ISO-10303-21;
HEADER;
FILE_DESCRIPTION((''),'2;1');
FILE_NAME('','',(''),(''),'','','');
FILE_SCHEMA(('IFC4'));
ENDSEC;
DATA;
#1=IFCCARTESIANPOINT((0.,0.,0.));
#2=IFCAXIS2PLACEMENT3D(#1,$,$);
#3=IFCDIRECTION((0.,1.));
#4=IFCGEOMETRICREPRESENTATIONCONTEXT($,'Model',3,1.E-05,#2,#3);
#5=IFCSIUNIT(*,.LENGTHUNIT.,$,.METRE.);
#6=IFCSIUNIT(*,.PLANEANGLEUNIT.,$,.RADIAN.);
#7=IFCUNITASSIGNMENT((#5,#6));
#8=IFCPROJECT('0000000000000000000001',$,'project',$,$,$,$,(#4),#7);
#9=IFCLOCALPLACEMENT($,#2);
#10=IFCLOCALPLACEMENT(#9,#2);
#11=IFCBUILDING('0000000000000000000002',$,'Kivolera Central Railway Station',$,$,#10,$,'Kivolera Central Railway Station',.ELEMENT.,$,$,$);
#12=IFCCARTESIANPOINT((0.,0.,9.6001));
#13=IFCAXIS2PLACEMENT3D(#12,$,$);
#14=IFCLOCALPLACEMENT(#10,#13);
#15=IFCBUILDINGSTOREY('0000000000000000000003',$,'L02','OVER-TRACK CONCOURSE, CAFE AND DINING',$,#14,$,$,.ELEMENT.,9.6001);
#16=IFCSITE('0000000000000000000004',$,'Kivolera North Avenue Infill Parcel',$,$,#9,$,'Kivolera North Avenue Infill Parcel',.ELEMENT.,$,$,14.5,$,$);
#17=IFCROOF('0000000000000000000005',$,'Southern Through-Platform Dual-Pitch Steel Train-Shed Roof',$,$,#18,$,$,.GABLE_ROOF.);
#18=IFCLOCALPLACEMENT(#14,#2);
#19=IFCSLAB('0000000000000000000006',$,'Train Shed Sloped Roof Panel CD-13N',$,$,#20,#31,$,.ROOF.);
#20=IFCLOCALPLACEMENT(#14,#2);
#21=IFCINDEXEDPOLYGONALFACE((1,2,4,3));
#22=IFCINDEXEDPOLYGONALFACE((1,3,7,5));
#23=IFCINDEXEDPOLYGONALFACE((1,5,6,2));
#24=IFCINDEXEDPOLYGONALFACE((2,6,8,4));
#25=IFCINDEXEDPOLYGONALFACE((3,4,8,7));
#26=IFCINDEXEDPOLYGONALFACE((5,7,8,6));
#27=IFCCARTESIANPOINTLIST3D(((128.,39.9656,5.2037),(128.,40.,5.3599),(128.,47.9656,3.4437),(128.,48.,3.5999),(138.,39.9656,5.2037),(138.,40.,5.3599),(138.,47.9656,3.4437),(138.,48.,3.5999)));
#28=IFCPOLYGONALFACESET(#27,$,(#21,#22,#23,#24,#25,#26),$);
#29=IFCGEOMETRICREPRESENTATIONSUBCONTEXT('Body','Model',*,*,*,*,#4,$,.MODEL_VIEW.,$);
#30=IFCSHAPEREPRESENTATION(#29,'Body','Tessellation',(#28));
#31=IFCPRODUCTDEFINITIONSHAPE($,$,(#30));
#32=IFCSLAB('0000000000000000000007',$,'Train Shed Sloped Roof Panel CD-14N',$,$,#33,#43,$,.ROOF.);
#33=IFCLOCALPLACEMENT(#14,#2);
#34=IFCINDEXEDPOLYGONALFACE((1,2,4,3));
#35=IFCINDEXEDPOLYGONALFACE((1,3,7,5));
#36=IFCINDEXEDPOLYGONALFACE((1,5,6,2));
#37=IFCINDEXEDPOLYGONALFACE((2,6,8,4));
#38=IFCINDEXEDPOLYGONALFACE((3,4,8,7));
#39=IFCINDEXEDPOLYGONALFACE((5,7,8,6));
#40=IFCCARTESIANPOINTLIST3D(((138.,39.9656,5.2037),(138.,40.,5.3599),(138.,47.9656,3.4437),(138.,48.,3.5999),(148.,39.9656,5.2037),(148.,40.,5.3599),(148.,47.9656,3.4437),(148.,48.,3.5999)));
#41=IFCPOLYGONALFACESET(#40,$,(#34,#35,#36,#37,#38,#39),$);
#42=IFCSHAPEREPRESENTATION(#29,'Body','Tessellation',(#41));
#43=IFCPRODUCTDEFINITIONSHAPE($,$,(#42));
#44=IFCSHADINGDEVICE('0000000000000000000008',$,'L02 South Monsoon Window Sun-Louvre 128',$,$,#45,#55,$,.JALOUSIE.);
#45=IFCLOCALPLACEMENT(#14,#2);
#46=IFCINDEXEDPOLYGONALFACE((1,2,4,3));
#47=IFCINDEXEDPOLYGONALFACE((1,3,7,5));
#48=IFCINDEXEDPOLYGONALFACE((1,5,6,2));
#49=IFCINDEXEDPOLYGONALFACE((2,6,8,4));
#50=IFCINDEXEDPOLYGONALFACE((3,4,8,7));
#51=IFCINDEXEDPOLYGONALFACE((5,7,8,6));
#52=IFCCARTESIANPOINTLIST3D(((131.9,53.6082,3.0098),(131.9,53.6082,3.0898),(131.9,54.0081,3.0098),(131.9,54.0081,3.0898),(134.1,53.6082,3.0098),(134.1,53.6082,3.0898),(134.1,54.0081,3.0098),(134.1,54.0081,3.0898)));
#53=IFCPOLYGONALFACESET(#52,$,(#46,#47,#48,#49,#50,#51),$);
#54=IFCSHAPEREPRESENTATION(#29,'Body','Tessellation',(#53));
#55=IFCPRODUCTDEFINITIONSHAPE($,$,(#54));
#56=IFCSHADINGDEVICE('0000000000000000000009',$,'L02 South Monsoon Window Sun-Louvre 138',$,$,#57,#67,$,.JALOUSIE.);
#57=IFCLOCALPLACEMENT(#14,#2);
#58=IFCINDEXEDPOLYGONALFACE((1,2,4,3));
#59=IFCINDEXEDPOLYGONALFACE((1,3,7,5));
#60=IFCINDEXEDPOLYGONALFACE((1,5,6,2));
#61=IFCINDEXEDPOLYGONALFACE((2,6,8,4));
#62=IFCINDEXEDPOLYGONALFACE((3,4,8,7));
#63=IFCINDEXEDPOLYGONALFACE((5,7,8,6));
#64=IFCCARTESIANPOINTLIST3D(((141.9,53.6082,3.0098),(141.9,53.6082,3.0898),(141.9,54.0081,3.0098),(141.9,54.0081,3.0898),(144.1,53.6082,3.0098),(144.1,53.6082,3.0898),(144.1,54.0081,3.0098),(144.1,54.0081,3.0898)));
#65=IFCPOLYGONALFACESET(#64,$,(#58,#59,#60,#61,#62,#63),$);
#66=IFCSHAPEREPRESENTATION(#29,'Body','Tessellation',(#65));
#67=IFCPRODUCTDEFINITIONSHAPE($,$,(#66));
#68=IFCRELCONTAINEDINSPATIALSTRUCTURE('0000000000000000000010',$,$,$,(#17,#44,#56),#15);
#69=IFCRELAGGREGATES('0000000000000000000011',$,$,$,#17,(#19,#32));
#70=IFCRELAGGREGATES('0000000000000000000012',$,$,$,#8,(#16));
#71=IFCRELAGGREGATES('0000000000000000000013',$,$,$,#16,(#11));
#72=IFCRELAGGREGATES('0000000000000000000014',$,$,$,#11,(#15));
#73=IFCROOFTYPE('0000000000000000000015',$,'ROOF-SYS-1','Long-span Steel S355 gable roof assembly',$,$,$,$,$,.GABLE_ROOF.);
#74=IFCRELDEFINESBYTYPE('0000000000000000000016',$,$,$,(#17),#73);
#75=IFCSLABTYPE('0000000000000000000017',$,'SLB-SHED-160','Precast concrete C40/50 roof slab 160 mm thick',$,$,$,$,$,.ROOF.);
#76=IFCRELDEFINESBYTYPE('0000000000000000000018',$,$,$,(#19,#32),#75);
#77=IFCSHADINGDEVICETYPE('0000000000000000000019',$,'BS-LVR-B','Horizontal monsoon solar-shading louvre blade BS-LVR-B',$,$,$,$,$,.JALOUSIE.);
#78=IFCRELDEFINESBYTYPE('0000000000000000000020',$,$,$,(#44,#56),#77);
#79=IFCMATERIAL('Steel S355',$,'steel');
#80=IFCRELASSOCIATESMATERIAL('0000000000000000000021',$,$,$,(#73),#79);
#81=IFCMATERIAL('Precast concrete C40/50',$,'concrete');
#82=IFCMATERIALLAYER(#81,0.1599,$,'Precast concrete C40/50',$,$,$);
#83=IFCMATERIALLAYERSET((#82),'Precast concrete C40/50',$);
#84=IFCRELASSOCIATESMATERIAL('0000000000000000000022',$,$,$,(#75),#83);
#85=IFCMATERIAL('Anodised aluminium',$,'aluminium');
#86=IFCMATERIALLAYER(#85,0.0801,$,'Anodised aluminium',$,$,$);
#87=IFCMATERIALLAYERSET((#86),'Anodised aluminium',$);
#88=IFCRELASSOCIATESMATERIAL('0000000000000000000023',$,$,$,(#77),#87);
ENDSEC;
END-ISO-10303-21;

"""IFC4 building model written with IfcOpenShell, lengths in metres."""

from ifc_helpers import new_model, si_unit, direction, frame, origin, origin_2d, place, context, subcontext, project, spatial, polyline, rectangle, outline, extrude, material, layer, layer_set, type_object, element, aggregate, save


model = new_model("IFC4")

# Units and contexts
model_context = context("Model", 3, precision=1e-05, world=origin(), true_north=direction((0.0, 1.0)))
body_context = subcontext(model_context, "Body", "Model", "MODEL_VIEW")
ifc_project = project(units=[si_unit("LENGTHUNIT", "METRE"), si_unit("PLANEANGLEUNIT", "RADIAN")], contexts=[model_context])

# Site, building, storey
site_placement = place(None, origin())
site = spatial("IfcSite", under=ifc_project, at=site_placement, Name="Kivolera North Avenue Infill Parcel", LongName="Kivolera North Avenue Infill Parcel", CompositionType="ELEMENT", RefElevation=14.5)
building_placement = place(site_placement, origin())
building = spatial("IfcBuilding", under=site, at=building_placement, Name="Kivolera Central Railway Station", LongName="Kivolera Central Railway Station", CompositionType="ELEMENT")
storey_placement = place(building_placement, frame((0.0, 0.0, 9.6001)))
storey = spatial("IfcBuildingStorey", under=building, at=storey_placement, Name="L02", Description="OVER-TRACK CONCOURSE, CAFE AND DINING", CompositionType="ELEMENT", Elevation=9.6001)

# Shared definitions
ifc_material_1 = material(Name="Steel S355", Category="steel")

# Roof, slabs
roof_type = type_object("IfcRoofType", Name="ROOF-SYS-1", Description="Long-span Steel S355 gable roof assembly", PredefinedType="GABLE_ROOF", material=ifc_material_1)
roof_placement = place(storey_placement, origin())
roof = element("IfcRoof", 1, at=roof_placement, inside=storey, type_object=roof_type, Name="Southern Through-Platform Dual-Pitch Steel Train-Shed Roof", PredefinedType="GABLE_ROOF")
ifc_material_2 = material(Name="Precast concrete C40/50", Category="concrete")
ifc_layer_1 = layer(ifc_material_2, 0.1599, Name="Precast concrete C40/50")
ifc_layer_set_1 = layer_set([ifc_layer_1], Name="Precast concrete C40/50")
slab_type = type_object("IfcSlabType", Name="SLB-SHED-160", Description="Precast concrete C40/50 roof slab 160 mm thick", PredefinedType="ROOF", material=ifc_layer_set_1)
slab_1_placement = place(storey_placement, frame((128.0, 40.0, 5.3599), z_axis=(0.0, 0.214863, 0.976644), x_axis=(1.0, 0.0, 0.0)))
slab_1 = element("IfcSlab", 2, at=slab_1_placement, type_object=slab_type, Name="Train Shed Sloped Roof Panel CD-13N", PredefinedType="ROOF", context=body_context, shape_type="SweptSolid", body=[
    extrude(outline(polyline([(0.0, 0.0), (10.0, 0.0), (10.0, 8.1913), (0.0, 8.1913), (0.0, 0.0)])), origin(), (0.0, 0.0, -1.0), 0.1599),
])
slab_2_placement = place(storey_placement, frame((138.0, 40.0, 5.3599), z_axis=(0.0, 0.214863, 0.976644), x_axis=(1.0, 0.0, 0.0)))
slab_2 = element("IfcSlab", 3, at=slab_2_placement, type_object=slab_type, Name="Train Shed Sloped Roof Panel CD-14N", PredefinedType="ROOF", context=body_context, shape_type="SweptSolid", body=[
    extrude(outline(polyline([(0.0, 0.0), (10.0, 0.0), (10.0, 8.1913), (0.0, 8.1913), (0.0, 0.0)])), origin(), (0.0, 0.0, -1.0), 0.1599),
])
aggregate(roof, [slab_1, slab_2])

# Shading devices
ifc_material_3 = material(Name="Anodised aluminium", Category="aluminium")
ifc_layer_2 = layer(ifc_material_3, 0.0801, Name="Anodised aluminium")
ifc_layer_set_2 = layer_set([ifc_layer_2], Name="Anodised aluminium")
shading_device_type = type_object("IfcShadingDeviceType", Name="BS-LVR-B", Description="Horizontal monsoon solar-shading louvre blade BS-LVR-B", PredefinedType="JALOUSIE", material=ifc_layer_set_2)
for number, where, z_axis, x_axis, name in (
    (4, (133.0, 53.8081, 3.0098), (0.0, 0.0, 1.0), (1.0, 0.0, 0.0), "L02 South Monsoon Window Sun-Louvre 128"),
    (5, (143.0, 53.8081, 3.0098), (0.0, 0.0, 1.0), (1.0, 0.0, 0.0), "L02 South Monsoon Window Sun-Louvre 138"),
):
    element("IfcShadingDevice", number, at=place(storey_placement, frame(where, z_axis=z_axis, x_axis=x_axis)), inside=storey, type_object=shading_device_type, Name=name, PredefinedType="JALOUSIE", context=body_context, shape_type="SweptSolid", body=[
        extrude(rectangle(XDim=2.2, YDim=0.3999, at=origin_2d()), origin(), (0.0, 0.0, 1.0), 0.0801),
    ])

save(model, "model.ifc")
